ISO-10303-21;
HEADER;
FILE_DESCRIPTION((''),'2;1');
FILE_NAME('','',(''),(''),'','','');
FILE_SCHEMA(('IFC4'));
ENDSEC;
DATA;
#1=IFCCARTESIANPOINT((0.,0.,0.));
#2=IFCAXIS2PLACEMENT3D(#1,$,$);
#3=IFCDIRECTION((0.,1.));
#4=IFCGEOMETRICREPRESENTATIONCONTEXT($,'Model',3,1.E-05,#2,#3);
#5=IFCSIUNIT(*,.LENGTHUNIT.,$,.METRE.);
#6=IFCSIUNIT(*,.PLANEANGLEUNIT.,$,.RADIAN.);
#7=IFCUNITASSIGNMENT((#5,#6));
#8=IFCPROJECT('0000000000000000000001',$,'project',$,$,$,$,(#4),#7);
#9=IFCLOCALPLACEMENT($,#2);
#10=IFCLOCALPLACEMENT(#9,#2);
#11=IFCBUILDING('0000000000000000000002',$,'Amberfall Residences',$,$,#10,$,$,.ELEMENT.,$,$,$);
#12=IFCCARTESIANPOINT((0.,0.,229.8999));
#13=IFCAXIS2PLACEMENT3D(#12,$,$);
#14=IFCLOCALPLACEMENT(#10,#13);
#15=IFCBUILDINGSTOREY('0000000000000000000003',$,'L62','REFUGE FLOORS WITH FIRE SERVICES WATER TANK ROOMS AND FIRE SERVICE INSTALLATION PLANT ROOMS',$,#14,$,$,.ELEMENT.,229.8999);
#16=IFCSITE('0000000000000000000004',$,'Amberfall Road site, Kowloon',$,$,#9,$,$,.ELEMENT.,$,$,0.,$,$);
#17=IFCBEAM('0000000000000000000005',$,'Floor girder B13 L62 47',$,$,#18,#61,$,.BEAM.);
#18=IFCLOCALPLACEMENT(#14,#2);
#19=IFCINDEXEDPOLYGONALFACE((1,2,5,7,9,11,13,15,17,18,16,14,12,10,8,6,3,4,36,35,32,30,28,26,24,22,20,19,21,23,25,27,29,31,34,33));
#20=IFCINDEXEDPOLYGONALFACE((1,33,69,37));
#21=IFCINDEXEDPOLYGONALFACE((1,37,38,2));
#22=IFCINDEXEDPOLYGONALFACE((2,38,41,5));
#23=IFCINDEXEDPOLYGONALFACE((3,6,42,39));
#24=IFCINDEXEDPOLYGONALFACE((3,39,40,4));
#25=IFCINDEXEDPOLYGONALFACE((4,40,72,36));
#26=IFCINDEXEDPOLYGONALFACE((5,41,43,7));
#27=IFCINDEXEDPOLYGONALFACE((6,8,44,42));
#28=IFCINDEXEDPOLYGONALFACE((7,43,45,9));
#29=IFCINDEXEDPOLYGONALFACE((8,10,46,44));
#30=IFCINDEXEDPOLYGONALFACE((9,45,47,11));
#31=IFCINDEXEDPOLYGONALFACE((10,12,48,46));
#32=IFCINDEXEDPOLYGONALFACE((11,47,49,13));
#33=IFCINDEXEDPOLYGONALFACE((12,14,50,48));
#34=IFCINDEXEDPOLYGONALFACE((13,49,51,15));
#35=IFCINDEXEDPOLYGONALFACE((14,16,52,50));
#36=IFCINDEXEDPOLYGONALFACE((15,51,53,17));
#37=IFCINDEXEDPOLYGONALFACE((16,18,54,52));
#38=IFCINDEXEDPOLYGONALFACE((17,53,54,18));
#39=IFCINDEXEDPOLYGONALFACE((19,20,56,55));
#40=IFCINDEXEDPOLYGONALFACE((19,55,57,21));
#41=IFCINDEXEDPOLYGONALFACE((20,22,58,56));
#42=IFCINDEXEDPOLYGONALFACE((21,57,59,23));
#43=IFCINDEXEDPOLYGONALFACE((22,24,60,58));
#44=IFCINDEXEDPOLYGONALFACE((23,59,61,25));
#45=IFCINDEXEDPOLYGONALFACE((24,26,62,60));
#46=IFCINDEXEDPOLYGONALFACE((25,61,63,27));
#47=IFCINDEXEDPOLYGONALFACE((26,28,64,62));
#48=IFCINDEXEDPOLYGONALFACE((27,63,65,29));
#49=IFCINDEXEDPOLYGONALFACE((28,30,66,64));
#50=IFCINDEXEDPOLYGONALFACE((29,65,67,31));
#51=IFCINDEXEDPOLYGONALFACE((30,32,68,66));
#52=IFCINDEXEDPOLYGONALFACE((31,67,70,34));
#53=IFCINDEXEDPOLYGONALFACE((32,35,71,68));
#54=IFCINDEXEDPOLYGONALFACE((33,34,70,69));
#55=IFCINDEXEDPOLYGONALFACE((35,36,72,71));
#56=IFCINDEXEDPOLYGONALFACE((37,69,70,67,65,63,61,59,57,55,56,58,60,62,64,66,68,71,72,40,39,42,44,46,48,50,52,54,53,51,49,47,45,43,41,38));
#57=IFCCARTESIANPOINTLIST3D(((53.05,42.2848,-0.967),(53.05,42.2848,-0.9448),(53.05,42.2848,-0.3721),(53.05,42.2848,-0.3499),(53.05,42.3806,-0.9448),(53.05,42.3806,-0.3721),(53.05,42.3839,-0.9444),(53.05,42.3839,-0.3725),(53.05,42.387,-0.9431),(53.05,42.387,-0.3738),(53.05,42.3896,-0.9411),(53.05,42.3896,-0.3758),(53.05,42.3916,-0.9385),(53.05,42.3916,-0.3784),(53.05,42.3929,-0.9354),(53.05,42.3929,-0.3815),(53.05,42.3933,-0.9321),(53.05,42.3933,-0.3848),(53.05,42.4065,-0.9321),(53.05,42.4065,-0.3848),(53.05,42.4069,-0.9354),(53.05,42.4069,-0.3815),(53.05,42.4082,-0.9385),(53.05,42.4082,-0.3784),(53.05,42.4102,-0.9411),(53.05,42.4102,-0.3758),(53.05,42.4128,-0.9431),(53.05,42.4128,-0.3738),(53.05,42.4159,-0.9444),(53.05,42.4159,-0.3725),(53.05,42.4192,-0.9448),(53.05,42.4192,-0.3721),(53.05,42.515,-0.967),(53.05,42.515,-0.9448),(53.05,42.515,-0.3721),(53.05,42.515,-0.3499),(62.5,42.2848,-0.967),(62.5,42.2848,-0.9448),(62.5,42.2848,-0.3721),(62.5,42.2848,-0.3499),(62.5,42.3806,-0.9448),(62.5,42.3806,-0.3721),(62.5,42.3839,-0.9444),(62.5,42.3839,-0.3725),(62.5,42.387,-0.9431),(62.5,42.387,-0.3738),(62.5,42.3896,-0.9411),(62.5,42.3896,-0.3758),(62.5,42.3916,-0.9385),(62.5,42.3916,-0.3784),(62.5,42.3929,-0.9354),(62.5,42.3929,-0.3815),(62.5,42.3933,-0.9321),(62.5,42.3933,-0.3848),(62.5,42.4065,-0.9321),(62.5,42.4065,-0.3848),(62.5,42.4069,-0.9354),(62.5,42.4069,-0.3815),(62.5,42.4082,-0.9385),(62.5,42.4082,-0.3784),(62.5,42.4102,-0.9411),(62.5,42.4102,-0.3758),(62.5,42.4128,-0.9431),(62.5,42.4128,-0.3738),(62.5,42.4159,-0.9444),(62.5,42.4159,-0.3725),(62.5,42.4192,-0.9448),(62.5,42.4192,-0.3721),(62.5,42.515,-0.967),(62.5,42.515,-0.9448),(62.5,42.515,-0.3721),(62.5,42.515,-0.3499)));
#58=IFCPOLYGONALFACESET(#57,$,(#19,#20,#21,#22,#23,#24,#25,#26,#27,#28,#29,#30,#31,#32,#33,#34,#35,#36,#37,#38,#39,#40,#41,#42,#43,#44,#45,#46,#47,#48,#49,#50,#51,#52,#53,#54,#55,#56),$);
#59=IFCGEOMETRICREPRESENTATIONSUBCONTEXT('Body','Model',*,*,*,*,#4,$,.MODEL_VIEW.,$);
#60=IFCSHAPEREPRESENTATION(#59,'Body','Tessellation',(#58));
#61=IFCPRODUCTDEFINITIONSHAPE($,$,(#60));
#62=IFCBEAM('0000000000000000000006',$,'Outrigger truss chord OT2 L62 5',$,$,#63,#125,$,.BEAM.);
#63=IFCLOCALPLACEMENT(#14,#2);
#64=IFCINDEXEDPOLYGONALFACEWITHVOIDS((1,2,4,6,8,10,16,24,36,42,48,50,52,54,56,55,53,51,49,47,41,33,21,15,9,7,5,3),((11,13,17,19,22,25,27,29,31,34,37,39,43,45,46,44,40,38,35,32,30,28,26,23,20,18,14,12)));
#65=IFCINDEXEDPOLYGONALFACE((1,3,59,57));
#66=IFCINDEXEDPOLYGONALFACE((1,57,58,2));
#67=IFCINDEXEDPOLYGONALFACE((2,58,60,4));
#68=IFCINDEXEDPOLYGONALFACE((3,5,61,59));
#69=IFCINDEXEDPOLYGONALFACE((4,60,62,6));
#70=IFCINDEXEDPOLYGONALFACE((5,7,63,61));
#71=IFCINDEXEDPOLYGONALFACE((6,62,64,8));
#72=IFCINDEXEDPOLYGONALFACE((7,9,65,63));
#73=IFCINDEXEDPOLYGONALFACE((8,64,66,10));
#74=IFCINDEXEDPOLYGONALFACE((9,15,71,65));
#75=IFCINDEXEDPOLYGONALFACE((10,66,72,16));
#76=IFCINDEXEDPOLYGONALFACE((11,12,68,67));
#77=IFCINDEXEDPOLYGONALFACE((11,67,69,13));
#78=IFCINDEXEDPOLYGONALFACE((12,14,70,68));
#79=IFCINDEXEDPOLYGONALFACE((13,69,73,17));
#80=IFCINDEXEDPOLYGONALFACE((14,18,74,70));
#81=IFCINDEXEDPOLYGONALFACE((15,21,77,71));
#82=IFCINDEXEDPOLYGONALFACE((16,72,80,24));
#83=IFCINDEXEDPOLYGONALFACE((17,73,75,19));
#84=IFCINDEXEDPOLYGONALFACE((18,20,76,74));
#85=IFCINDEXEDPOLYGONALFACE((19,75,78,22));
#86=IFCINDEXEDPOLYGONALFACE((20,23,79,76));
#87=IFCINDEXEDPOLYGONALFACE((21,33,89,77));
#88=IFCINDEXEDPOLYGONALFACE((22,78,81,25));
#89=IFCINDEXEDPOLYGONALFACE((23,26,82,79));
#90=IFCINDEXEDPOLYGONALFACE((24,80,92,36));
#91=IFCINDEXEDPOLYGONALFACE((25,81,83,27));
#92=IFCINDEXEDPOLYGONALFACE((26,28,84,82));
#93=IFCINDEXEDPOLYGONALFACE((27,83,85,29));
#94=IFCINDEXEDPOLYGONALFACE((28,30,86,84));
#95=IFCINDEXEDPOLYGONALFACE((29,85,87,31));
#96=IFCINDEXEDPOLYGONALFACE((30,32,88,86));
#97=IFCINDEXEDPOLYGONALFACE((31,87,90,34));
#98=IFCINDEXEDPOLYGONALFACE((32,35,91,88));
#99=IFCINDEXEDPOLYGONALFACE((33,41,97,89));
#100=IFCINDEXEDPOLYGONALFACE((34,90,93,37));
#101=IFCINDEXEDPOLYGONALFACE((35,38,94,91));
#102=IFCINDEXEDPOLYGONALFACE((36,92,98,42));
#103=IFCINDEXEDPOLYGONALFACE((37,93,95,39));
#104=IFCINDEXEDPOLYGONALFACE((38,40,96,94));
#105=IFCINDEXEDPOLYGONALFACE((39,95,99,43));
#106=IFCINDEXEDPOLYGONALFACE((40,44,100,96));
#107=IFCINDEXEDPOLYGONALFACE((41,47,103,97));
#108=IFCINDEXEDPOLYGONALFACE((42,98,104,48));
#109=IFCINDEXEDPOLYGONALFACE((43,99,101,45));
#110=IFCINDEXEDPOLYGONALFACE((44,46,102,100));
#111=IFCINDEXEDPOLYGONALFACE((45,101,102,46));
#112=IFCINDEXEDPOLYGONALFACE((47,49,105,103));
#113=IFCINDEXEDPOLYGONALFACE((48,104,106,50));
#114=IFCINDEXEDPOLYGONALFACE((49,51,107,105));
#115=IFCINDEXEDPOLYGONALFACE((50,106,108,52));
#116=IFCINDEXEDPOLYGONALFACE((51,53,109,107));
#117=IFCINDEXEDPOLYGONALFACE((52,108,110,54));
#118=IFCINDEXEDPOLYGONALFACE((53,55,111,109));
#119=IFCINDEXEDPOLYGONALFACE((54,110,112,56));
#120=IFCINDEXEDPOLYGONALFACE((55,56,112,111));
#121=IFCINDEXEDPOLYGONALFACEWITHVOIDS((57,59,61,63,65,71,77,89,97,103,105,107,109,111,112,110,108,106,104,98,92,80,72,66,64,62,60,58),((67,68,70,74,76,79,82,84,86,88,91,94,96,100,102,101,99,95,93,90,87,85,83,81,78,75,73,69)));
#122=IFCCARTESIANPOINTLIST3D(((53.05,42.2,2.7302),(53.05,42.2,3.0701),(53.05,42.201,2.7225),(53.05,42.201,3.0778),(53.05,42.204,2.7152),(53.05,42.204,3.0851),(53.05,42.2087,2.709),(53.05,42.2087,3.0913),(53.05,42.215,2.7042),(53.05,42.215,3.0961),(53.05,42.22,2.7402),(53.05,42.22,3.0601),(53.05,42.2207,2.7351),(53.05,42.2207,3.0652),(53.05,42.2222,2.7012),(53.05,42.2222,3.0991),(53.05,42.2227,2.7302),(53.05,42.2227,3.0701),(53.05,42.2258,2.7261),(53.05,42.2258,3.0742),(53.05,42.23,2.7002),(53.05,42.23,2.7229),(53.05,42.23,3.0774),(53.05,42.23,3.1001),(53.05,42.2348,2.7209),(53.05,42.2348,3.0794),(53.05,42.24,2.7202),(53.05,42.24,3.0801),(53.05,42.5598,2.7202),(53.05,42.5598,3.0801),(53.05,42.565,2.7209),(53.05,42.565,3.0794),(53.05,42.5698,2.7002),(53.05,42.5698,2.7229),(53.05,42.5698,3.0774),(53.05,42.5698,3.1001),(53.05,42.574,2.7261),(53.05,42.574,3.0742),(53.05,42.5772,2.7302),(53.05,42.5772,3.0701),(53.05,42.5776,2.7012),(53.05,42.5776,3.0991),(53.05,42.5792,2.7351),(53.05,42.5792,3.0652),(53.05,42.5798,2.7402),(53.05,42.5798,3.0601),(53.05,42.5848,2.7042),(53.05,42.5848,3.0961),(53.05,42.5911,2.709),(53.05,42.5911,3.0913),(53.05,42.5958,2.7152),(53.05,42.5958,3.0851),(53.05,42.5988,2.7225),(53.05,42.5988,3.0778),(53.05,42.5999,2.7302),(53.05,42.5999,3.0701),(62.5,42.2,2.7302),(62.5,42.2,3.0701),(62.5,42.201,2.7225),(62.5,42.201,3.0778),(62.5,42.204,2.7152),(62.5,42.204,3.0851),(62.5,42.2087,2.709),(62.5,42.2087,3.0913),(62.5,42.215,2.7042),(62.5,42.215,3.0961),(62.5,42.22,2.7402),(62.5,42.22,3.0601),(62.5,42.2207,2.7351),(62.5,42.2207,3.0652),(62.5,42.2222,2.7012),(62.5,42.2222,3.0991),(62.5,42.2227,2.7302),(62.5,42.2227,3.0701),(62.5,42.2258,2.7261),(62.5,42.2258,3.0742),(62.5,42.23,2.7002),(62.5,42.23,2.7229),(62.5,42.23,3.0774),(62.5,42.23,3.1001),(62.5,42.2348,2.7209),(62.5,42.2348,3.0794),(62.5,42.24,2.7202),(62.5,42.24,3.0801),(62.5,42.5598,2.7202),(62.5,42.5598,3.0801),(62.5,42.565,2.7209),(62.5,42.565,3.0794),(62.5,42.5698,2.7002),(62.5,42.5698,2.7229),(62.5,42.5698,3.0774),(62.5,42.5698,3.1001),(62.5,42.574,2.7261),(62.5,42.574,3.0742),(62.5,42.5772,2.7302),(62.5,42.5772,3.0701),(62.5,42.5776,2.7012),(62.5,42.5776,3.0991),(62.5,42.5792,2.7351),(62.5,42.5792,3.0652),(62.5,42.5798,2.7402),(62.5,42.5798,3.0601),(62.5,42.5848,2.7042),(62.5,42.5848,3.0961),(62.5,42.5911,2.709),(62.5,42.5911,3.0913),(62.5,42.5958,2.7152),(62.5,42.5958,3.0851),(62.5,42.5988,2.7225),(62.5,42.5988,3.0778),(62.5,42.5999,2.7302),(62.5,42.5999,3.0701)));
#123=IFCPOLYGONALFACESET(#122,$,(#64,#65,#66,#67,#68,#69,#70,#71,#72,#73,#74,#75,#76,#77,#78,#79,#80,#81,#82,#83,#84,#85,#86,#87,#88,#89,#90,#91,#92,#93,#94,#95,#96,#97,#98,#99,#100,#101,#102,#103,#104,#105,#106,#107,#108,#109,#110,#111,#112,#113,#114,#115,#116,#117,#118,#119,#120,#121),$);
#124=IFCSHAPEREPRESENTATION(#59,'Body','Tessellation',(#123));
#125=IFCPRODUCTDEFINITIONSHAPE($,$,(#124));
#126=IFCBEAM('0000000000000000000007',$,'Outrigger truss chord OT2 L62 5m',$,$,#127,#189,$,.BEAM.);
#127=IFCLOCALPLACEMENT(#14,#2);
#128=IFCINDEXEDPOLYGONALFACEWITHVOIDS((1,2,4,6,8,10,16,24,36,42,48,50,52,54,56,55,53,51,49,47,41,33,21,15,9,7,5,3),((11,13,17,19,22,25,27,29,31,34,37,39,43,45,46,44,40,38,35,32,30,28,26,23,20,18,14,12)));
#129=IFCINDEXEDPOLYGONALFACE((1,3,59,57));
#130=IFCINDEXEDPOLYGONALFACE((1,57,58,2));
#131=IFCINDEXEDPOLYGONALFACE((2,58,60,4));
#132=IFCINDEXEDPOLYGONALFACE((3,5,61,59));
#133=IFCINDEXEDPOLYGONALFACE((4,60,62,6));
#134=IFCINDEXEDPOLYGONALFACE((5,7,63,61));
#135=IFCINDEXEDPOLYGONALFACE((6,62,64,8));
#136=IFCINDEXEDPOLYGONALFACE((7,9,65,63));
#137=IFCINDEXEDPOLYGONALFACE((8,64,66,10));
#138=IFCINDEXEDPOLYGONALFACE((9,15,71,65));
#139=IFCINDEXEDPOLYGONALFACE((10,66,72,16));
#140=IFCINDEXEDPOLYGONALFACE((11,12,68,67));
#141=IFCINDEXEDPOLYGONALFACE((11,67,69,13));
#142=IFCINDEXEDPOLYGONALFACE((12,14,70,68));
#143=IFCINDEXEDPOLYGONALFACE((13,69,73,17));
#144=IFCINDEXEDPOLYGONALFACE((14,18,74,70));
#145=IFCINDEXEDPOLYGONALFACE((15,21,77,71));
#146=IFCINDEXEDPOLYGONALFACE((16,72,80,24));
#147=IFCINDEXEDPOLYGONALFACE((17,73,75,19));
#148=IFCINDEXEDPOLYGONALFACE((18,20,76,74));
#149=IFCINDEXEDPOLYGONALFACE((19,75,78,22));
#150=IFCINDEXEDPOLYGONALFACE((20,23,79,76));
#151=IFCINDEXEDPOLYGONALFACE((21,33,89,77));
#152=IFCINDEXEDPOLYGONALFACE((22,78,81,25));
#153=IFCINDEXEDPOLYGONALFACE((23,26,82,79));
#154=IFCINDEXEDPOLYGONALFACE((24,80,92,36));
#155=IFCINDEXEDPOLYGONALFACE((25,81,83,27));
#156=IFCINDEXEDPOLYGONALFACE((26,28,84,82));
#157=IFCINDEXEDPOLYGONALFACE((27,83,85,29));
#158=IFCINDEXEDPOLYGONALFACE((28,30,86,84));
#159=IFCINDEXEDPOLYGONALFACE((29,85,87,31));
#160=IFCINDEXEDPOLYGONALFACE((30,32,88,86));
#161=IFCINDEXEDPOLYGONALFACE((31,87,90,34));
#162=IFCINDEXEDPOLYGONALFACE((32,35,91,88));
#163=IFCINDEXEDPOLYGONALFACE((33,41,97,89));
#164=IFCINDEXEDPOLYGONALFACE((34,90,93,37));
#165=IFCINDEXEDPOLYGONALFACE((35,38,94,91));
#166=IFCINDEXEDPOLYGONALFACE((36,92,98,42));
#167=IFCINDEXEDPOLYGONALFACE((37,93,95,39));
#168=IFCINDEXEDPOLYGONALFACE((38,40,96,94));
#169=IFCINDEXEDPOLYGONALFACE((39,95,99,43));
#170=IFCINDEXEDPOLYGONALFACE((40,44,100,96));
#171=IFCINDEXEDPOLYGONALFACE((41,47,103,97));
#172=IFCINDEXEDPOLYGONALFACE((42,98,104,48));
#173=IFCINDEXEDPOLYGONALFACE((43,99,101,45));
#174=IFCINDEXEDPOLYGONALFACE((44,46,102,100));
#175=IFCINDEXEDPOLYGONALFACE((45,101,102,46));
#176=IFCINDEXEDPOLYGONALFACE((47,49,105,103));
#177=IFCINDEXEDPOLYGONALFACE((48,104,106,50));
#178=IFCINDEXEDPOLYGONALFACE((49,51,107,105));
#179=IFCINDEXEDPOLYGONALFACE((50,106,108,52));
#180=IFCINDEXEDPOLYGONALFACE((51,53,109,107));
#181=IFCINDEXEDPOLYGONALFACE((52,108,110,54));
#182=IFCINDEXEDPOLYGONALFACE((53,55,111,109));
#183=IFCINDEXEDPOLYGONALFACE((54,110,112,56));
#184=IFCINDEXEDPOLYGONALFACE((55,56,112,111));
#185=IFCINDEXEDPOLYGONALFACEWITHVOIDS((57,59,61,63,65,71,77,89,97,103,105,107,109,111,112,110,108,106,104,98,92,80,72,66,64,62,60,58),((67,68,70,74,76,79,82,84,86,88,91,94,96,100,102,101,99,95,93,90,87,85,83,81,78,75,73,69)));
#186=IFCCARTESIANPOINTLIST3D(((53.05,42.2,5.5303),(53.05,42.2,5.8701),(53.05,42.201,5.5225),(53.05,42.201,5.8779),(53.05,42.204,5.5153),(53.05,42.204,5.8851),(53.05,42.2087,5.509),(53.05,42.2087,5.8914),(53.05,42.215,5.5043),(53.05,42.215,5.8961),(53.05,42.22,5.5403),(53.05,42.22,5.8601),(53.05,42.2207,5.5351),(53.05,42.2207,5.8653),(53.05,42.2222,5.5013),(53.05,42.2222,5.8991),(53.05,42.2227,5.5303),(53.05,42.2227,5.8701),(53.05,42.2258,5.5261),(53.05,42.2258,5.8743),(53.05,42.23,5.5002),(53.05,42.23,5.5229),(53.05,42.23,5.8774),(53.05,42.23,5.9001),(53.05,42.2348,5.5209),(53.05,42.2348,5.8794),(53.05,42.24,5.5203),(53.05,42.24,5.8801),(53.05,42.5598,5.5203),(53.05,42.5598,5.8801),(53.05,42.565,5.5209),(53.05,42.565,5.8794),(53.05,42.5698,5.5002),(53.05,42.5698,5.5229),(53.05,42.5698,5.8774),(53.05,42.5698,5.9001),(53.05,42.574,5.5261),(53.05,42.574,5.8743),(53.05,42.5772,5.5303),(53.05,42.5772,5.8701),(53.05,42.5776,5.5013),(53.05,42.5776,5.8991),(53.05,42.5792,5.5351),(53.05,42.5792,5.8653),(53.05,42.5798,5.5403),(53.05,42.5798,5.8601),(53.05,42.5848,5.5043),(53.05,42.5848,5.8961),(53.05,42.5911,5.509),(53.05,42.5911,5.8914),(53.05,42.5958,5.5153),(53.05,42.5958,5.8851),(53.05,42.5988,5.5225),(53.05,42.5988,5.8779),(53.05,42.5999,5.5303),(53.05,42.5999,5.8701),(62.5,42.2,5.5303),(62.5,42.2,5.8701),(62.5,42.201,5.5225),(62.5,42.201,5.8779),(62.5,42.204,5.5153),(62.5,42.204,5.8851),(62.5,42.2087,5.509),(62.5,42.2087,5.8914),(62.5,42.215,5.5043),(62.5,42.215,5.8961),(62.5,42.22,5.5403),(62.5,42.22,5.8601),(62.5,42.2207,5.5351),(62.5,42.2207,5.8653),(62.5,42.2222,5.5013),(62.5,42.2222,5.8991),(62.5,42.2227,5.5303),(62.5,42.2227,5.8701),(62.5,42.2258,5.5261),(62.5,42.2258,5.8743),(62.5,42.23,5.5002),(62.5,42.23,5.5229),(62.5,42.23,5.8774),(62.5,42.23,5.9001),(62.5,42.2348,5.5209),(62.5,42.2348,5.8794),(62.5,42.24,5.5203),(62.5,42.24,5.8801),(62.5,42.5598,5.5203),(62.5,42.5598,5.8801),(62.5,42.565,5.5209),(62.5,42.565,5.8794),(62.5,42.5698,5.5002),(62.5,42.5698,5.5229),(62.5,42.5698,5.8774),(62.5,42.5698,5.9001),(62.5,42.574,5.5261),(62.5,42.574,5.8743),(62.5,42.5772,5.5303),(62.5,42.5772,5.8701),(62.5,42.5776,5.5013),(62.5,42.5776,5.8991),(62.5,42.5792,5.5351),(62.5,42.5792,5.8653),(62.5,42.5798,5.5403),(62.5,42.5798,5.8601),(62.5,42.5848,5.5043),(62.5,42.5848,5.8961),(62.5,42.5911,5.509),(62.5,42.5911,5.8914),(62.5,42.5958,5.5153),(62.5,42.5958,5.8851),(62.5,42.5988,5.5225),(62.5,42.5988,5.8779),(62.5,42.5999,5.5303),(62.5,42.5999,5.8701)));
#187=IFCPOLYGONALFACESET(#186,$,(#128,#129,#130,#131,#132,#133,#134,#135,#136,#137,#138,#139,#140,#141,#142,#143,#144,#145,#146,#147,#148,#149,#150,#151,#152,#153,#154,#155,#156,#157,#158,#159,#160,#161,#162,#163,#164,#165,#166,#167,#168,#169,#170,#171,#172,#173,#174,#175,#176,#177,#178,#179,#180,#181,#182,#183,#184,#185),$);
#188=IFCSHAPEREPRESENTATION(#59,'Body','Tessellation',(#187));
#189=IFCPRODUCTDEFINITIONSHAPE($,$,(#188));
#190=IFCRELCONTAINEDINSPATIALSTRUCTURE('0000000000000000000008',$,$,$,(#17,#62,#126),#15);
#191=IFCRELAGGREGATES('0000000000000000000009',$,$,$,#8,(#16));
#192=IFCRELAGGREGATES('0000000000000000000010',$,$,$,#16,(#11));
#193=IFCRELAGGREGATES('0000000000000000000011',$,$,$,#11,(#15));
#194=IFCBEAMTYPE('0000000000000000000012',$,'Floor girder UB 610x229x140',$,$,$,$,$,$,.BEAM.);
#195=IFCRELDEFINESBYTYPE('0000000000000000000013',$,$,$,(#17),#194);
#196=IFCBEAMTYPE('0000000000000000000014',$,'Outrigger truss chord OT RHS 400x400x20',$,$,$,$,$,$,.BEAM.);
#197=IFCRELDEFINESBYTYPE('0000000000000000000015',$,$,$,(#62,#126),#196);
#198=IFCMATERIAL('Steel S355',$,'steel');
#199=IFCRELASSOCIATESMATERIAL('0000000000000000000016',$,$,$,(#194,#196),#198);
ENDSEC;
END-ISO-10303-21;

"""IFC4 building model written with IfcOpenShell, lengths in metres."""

from ifc_helpers import new_model, si_unit, direction, frame, origin, origin_2d, place, context, subcontext, project, spatial, hollow_rectangle, i_section, extrude, material, material_profile, profile_set, type_object, element, save


model = new_model("IFC4")

# Units and contexts
model_context = context("Model", 3, precision=1e-05, world=origin(), true_north=direction((0.0, 1.0)))
body_context = subcontext(model_context, "Body", "Model", "MODEL_VIEW")
ifc_project = project(units=[si_unit("LENGTHUNIT", "METRE"), si_unit("PLANEANGLEUNIT", "RADIAN")], contexts=[model_context])

# Site, building, storey
site_placement = place(None, origin())
site = spatial("IfcSite", under=ifc_project, at=site_placement, Name="Amberfall Road site, Kowloon", CompositionType="ELEMENT", RefElevation=0.0)
building_placement = place(site_placement, origin())
building = spatial("IfcBuilding", under=site, at=building_placement, Name="Amberfall Residences", CompositionType="ELEMENT")
storey_placement = place(building_placement, frame((0.0, 0.0, 229.8999)))
storey = spatial("IfcBuildingStorey", under=building, at=storey_placement, Name="L62", Description="REFUGE FLOORS WITH FIRE SERVICES WATER TANK ROOMS AND FIRE SERVICE INSTALLATION PLANT ROOMS", CompositionType="ELEMENT", Elevation=229.8999)

# Shared definitions
ifc_material_1 = material(Name="Steel S355", Category="steel")

# Beams
ifc_material_profile_1 = material_profile(ifc_material_1, i_section(OverallWidth=0.2302, OverallDepth=0.6172, WebThickness=0.0132, FlangeThickness=0.0222, FilletRadius=0.0127, at=origin_2d()), Name="UB 610x229x140")
ifc_profile_set_1 = profile_set([ifc_material_profile_1], Name="Steel S355")
beam_type_1 = type_object("IfcBeamType", Name="Floor girder UB 610x229x140", PredefinedType="BEAM", material=ifc_profile_set_1)
for number, where, z_axis, x_axis, name in (
    (1, (53.05, 42.3999, -0.6584), (1.0, 0.0, 0.0), (0.0, 1.0, 0.0), "Floor girder B13 L62 47"),
):
    element("IfcBeam", number, at=place(storey_placement, frame(where, z_axis=z_axis, x_axis=x_axis)), inside=storey, type_object=beam_type_1, Name=name, PredefinedType="BEAM", context=body_context, shape_type="SweptSolid", body=[
        extrude(i_section(OverallWidth=0.2302, OverallDepth=0.6172, WebThickness=0.0132, FlangeThickness=0.0222, FilletRadius=0.0127, at=origin_2d()), origin(), (0.0, 0.0, 1.0), 9.45),
    ])
ifc_material_profile_2 = material_profile(ifc_material_1, hollow_rectangle(XDim=0.3999, YDim=0.3999, WallThickness=0.02, InnerFilletRadius=0.02, OuterFilletRadius=0.03, at=origin_2d()), Name="RHS 400x400x20")
ifc_profile_set_2 = profile_set([ifc_material_profile_2], Name="Steel S355")
beam_type_2 = type_object("IfcBeamType", Name="Outrigger truss chord OT RHS 400x400x20", PredefinedType="BEAM", material=ifc_profile_set_2)
for number, where, z_axis, x_axis, name in (
    (2, (53.05, 42.3999, 2.9001), (1.0, 0.0, 0.0), (0.0, 1.0, 0.0), "Outrigger truss chord OT2 L62 5"),
    (3, (53.05, 42.3999, 5.7002), (1.0, 0.0, 0.0), (0.0, 1.0, 0.0), "Outrigger truss chord OT2 L62 5m"),
):
    element("IfcBeam", number, at=place(storey_placement, frame(where, z_axis=z_axis, x_axis=x_axis)), inside=storey, type_object=beam_type_2, Name=name, PredefinedType="BEAM", context=body_context, shape_type="SweptSolid", body=[
        extrude(hollow_rectangle(XDim=0.3999, YDim=0.3999, WallThickness=0.02, InnerFilletRadius=0.02, OuterFilletRadius=0.03, at=origin_2d()), origin(), (0.0, 0.0, 1.0), 9.45),
    ])

save(model, "model.ifc")
